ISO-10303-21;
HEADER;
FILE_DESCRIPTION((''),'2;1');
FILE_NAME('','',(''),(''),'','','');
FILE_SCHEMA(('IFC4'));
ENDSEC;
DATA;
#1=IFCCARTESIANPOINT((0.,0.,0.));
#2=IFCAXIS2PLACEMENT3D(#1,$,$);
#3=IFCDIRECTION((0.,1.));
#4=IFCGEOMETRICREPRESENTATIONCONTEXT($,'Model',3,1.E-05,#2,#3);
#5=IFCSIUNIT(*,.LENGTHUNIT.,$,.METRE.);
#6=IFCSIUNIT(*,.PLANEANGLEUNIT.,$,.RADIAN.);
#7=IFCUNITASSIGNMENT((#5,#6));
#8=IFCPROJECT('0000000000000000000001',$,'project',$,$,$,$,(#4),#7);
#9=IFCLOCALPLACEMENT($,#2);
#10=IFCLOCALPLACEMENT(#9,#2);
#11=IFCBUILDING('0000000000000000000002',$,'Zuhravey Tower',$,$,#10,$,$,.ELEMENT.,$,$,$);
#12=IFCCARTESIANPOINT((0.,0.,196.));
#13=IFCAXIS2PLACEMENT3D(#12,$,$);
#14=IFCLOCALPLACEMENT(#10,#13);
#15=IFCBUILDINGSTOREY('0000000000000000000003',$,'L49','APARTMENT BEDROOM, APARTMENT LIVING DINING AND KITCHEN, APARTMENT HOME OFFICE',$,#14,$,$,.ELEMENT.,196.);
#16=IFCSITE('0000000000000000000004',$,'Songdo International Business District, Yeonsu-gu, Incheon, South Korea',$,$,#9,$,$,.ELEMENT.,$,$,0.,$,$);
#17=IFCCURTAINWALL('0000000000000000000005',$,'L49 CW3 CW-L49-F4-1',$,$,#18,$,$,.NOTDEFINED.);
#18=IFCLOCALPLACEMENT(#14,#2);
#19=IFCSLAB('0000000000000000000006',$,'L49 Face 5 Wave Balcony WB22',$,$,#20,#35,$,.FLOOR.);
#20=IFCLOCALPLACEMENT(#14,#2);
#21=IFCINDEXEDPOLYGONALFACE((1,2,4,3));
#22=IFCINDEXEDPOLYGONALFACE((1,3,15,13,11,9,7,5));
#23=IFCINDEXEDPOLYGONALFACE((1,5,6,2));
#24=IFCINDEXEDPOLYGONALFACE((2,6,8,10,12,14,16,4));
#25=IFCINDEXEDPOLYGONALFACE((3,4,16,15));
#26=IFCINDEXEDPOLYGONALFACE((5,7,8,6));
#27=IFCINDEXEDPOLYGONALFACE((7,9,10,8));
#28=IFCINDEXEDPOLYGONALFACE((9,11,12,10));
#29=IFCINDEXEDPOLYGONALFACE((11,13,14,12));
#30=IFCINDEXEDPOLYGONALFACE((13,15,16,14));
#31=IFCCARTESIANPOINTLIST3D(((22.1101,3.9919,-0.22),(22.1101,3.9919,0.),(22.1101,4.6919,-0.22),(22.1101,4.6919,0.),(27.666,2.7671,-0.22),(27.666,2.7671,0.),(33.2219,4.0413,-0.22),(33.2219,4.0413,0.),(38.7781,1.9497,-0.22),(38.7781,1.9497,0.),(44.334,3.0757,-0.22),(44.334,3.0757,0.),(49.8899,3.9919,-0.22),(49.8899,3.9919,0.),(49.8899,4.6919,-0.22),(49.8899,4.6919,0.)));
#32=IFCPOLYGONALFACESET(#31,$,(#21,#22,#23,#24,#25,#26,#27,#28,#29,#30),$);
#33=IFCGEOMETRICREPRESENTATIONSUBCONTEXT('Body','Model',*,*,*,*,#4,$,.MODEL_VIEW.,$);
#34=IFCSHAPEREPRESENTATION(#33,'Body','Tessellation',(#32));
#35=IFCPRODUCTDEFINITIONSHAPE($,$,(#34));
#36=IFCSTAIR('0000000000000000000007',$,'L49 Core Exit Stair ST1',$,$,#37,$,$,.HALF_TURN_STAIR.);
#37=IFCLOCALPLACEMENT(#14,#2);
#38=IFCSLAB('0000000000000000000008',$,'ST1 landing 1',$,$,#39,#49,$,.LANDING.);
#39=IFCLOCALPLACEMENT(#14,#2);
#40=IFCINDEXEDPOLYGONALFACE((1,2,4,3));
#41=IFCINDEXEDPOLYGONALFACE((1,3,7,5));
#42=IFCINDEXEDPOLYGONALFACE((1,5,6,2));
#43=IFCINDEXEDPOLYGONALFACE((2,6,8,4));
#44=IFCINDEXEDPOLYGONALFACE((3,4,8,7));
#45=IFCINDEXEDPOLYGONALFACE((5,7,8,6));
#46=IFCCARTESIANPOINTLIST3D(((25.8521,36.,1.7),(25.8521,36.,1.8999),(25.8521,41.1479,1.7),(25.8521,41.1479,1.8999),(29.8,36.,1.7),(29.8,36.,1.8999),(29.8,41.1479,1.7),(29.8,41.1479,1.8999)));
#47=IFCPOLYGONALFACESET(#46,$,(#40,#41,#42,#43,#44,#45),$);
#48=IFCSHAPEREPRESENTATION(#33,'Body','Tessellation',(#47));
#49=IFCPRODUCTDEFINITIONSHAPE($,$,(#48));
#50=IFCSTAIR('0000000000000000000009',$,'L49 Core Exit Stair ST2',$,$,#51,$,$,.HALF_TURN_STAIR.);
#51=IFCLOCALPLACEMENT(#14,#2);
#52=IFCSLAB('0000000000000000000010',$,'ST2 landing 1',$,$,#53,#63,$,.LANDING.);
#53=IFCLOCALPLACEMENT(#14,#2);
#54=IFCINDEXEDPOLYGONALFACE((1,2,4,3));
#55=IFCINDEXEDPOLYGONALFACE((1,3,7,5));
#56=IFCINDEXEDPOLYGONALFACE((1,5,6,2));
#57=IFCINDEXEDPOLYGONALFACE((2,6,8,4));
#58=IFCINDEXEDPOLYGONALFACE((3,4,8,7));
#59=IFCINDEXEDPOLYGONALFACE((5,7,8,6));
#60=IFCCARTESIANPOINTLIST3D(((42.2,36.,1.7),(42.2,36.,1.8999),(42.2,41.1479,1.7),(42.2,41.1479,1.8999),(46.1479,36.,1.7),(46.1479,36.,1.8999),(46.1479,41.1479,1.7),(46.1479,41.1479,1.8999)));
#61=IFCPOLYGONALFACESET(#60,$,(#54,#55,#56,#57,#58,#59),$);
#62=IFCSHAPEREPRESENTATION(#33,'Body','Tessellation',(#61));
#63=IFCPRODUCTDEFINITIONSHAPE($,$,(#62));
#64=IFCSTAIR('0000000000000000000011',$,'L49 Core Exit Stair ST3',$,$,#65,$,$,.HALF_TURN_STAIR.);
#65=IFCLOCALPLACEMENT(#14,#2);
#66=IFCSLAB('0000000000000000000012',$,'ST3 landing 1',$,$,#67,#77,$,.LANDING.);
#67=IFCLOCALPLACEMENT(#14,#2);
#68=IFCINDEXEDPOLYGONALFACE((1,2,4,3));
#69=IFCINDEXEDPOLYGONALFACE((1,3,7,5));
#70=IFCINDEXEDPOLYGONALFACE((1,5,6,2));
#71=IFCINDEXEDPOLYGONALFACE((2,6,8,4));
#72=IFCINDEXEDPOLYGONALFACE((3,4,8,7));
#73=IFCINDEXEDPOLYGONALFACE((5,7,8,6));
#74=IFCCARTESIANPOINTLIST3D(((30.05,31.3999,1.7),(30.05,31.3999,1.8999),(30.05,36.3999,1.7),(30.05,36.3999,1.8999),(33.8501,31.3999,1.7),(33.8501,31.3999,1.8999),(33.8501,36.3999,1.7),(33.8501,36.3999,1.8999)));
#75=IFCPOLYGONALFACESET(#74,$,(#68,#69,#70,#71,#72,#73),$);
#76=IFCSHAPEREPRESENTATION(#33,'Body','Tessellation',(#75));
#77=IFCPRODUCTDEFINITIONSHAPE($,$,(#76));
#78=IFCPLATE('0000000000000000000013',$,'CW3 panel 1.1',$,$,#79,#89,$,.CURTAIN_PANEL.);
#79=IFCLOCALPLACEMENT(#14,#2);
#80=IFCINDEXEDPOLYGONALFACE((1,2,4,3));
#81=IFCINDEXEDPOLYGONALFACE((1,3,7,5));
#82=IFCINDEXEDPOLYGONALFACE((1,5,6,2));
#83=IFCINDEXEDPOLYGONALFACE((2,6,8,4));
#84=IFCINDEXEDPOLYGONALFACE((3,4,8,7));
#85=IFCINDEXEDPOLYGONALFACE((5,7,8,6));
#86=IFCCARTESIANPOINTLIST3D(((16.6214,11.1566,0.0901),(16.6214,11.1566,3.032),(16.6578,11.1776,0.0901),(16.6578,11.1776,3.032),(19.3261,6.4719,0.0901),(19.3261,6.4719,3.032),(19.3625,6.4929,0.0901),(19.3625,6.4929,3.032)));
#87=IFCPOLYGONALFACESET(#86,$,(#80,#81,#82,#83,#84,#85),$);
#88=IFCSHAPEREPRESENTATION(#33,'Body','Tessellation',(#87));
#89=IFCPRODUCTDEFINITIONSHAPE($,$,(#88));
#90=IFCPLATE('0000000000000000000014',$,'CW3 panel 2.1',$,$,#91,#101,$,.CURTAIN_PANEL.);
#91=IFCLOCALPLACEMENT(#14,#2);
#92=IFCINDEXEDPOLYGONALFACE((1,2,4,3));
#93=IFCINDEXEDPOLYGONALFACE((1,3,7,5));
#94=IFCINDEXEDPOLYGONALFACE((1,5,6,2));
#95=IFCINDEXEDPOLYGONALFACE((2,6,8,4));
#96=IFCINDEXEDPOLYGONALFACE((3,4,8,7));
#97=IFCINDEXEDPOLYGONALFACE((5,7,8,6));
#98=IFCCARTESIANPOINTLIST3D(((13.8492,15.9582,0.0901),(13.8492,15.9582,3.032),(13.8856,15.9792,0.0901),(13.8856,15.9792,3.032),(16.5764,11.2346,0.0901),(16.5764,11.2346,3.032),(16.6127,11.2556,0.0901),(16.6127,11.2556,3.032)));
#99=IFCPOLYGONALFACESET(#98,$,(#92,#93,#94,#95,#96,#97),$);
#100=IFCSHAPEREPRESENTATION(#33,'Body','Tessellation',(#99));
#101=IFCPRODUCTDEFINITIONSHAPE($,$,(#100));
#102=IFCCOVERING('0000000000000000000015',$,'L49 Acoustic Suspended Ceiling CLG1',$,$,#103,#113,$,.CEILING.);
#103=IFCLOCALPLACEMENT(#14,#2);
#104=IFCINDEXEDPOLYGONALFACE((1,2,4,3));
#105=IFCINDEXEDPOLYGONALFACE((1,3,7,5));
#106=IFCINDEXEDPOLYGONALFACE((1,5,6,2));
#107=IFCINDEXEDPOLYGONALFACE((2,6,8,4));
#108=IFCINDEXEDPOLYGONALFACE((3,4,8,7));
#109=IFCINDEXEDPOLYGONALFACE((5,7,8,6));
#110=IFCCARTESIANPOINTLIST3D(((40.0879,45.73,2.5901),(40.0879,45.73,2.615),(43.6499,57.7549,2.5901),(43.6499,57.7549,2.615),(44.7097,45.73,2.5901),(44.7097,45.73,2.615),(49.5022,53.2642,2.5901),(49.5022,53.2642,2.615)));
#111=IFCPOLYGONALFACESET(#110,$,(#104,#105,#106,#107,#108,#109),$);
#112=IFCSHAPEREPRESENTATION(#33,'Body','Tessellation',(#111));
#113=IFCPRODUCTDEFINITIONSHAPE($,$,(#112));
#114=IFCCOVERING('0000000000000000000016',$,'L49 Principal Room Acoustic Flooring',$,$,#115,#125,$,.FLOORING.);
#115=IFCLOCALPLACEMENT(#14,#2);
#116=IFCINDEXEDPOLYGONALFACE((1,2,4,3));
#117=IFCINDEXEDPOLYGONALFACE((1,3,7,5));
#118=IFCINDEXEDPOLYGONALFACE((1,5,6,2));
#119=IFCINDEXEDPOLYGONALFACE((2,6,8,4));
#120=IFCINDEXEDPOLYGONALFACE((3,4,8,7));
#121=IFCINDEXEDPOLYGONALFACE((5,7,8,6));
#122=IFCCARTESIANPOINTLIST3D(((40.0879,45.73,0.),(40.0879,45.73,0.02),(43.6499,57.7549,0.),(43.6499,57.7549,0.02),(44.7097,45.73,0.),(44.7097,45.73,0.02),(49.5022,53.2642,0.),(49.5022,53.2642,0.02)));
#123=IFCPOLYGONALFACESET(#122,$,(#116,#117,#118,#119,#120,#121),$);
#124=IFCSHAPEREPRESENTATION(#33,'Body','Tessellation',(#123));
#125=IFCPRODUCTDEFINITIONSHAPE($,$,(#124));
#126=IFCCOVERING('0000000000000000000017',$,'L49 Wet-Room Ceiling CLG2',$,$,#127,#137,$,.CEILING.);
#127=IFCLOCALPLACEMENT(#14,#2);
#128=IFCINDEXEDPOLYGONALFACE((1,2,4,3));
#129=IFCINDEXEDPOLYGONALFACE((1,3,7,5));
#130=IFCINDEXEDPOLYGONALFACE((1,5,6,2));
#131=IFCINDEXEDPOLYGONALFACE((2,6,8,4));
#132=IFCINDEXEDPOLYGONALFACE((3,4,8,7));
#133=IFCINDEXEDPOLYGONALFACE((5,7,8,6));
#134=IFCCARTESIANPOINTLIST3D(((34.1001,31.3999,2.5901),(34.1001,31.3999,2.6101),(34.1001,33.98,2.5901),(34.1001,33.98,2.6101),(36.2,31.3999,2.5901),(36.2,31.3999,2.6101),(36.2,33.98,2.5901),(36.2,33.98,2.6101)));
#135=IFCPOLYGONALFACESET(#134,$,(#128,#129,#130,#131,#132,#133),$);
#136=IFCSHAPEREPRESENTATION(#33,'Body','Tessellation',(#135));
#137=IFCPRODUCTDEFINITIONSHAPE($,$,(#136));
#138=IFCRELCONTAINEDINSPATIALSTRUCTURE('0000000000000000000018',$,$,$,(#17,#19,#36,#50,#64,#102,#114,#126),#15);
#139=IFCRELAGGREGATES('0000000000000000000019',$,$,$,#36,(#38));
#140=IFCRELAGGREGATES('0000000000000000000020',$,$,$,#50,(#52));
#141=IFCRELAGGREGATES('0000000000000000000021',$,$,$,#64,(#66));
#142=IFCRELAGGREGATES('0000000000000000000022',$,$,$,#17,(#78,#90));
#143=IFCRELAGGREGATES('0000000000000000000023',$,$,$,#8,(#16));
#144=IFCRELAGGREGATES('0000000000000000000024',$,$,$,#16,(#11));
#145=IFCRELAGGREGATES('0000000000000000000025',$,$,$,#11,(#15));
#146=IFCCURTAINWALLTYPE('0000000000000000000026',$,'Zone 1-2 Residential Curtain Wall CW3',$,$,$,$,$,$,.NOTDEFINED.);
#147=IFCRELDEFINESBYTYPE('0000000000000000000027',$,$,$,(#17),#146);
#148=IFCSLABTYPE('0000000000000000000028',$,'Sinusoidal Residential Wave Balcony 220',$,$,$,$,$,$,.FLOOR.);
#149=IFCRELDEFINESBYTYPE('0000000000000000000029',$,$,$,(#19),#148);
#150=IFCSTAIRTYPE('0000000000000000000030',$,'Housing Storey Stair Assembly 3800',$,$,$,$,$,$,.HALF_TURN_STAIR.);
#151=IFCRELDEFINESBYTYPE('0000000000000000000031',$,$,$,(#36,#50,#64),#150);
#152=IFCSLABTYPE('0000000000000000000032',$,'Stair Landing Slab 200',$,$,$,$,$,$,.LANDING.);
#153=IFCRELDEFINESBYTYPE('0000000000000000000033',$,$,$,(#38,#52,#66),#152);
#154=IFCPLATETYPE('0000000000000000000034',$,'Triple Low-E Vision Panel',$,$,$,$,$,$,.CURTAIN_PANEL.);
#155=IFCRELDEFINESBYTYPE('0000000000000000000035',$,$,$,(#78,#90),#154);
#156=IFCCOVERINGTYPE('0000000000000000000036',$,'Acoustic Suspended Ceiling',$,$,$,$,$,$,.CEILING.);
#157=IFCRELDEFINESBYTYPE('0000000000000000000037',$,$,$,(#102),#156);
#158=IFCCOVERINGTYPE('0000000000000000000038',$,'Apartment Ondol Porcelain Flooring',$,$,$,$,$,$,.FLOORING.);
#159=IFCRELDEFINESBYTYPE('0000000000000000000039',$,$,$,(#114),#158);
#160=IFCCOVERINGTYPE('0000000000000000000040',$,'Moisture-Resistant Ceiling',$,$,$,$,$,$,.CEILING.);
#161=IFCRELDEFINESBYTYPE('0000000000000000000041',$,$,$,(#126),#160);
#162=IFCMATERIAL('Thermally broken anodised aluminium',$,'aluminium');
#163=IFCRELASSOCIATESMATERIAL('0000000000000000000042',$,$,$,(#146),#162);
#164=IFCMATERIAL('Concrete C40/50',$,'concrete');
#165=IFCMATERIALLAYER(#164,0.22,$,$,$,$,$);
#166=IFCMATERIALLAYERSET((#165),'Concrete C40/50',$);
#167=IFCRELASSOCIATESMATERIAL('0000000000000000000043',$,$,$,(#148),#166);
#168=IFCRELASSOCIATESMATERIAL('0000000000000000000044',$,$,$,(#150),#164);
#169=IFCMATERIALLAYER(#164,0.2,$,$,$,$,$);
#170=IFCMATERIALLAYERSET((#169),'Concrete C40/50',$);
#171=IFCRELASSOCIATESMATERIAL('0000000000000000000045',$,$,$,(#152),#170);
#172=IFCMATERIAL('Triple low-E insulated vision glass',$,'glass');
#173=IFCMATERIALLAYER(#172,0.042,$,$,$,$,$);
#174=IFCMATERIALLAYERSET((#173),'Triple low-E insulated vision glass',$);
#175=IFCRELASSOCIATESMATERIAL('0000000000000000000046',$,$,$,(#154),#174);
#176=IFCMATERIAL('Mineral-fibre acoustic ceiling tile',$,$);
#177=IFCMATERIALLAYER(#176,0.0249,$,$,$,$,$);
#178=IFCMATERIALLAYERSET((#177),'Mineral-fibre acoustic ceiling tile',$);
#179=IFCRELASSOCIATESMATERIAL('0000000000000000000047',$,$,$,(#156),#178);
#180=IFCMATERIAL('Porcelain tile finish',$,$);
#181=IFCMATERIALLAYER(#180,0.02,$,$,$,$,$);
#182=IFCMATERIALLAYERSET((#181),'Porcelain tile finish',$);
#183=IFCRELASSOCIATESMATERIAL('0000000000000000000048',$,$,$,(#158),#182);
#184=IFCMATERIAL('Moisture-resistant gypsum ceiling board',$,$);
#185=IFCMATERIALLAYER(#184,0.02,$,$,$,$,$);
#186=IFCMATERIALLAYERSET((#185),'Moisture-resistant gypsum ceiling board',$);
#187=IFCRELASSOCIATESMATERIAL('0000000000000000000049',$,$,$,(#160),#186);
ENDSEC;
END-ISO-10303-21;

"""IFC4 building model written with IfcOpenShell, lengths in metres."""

from ifc_helpers import new_model, si_unit, direction, frame, origin, origin_2d, place, context, subcontext, project, spatial, polyline, rectangle, outline, extrude, material, layer, layer_set, type_object, element, aggregate, save


model = new_model("IFC4")

# Units and contexts
model_context = context("Model", 3, precision=1e-05, world=origin(), true_north=direction((0.0, 1.0)))
body_context = subcontext(model_context, "Body", "Model", "MODEL_VIEW")
ifc_project = project(units=[si_unit("LENGTHUNIT", "METRE"), si_unit("PLANEANGLEUNIT", "RADIAN")], contexts=[model_context])

# Site, building, storey
site_placement = place(None, origin())
site = spatial("IfcSite", under=ifc_project, at=site_placement, Name="Songdo International Business District, Yeonsu-gu, Incheon, South Korea", CompositionType="ELEMENT", RefElevation=0.0)
building_placement = place(site_placement, origin())
building = spatial("IfcBuilding", under=site, at=building_placement, Name="Zuhravey Tower", CompositionType="ELEMENT")
storey_placement = place(building_placement, frame((0.0, 0.0, 196.0)))
storey = spatial("IfcBuildingStorey", under=building, at=storey_placement, Name="L49", Description="APARTMENT BEDROOM, APARTMENT LIVING DINING AND KITCHEN, APARTMENT HOME OFFICE", CompositionType="ELEMENT", Elevation=196.0)

# Curtain wall
ifc_material_1 = material(Name="Thermally broken anodised aluminium", Category="aluminium")
curtain_wall_type = type_object("IfcCurtainWallType", Name="Zone 1-2 Residential Curtain Wall CW3", PredefinedType="NOTDEFINED", material=ifc_material_1)
curtain_wall_placement = place(storey_placement, origin())
curtain_wall = element("IfcCurtainWall", 1, at=curtain_wall_placement, inside=storey, type_object=curtain_wall_type, Name="L49 CW3 CW-L49-F4-1", PredefinedType="NOTDEFINED")

# Slab
ifc_material_2 = material(Name="Concrete C40/50", Category="concrete")
ifc_layer_1 = layer(ifc_material_2, 0.22)
ifc_layer_set_1 = layer_set([ifc_layer_1], Name="Concrete C40/50")
slab_type_1 = type_object("IfcSlabType", Name="Sinusoidal Residential Wave Balcony 220", PredefinedType="FLOOR", material=ifc_layer_set_1)
slab_1_placement = place(storey_placement, frame((0.0, 0.0, -0.22)))
element("IfcSlab", 2, at=slab_1_placement, inside=storey, type_object=slab_type_1, Name="L49 Face 5 Wave Balcony WB22", PredefinedType="FLOOR", context=body_context, shape_type="SweptSolid", body=[
    extrude(outline(polyline([(22.1101, 4.6919), (49.8899, 4.6919), (49.8899, 3.9919), (44.334, 3.0757), (38.7781, 1.9497), (33.2219, 4.0413), (27.666, 2.7671), (22.1101, 3.9919), (22.1101, 4.6919)])), origin(), (0.0, 0.0, 1.0), 0.22),
])

# Stairs, slabs
stair_type = type_object("IfcStairType", Name="Housing Storey Stair Assembly 3800", PredefinedType="HALF_TURN_STAIR", material=ifc_material_2)
stair_1_placement = place(storey_placement, origin())
stair_1 = element("IfcStair", 3, at=stair_1_placement, inside=storey, type_object=stair_type, Name="L49 Core Exit Stair ST1", PredefinedType="HALF_TURN_STAIR")
ifc_layer_2 = layer(ifc_material_2, 0.2)
ifc_layer_set_2 = layer_set([ifc_layer_2], Name="Concrete C40/50")
slab_type_2 = type_object("IfcSlabType", Name="Stair Landing Slab 200", PredefinedType="LANDING", material=ifc_layer_set_2)
slab_2_placement = place(storey_placement, frame((0.0, 0.0, 1.7)))
slab_2 = element("IfcSlab", 4, at=slab_2_placement, type_object=slab_type_2, Name="ST1 landing 1", PredefinedType="LANDING", context=body_context, shape_type="SweptSolid", body=[
    extrude(outline(polyline([(29.8, 36.0), (29.8, 41.1479), (25.8521, 41.1479), (25.8521, 36.0), (29.8, 36.0)])), origin(), (0.0, 0.0, 1.0), 0.2),
])
aggregate(stair_1, [slab_2])
stair_2_placement = place(storey_placement, origin())
stair_2 = element("IfcStair", 5, at=stair_2_placement, inside=storey, type_object=stair_type, Name="L49 Core Exit Stair ST2", PredefinedType="HALF_TURN_STAIR")
slab_3_placement = place(storey_placement, frame((0.0, 0.0, 1.7)))
slab_3 = element("IfcSlab", 6, at=slab_3_placement, type_object=slab_type_2, Name="ST2 landing 1", PredefinedType="LANDING", context=body_context, shape_type="SweptSolid", body=[
    extrude(outline(polyline([(46.1479, 36.0), (46.1479, 41.1479), (42.2, 41.1479), (42.2, 36.0), (46.1479, 36.0)])), origin(), (0.0, 0.0, 1.0), 0.2),
])
aggregate(stair_2, [slab_3])
stair_3_placement = place(storey_placement, origin())
stair_3 = element("IfcStair", 7, at=stair_3_placement, inside=storey, type_object=stair_type, Name="L49 Core Exit Stair ST3", PredefinedType="HALF_TURN_STAIR")
slab_4_placement = place(storey_placement, frame((0.0, 0.0, 1.7)))
slab_4 = element("IfcSlab", 8, at=slab_4_placement, type_object=slab_type_2, Name="ST3 landing 1", PredefinedType="LANDING", context=body_context, shape_type="SweptSolid", body=[
    extrude(outline(polyline([(30.05, 36.3999), (30.05, 31.3999), (33.8501, 31.3999), (33.8501, 36.3999), (30.05, 36.3999)])), origin(), (0.0, 0.0, 1.0), 0.2),
])
aggregate(stair_3, [slab_4])

# Plates
ifc_material_3 = material(Name="Triple low-E insulated vision glass", Category="glass")
ifc_layer_3 = layer(ifc_material_3, 0.042)
ifc_layer_set_3 = layer_set([ifc_layer_3], Name="Triple low-E insulated vision glass")
plate_type = type_object("IfcPlateType", Name="Triple Low-E Vision Panel", PredefinedType="CURTAIN_PANEL", material=ifc_layer_set_3)
plate_1_placement = place(storey_placement, frame((17.9919, 8.8247, 0.0901), z_axis=(0.0, 0.0, 1.0), x_axis=(-0.5, 0.866025, 0.0)))
plate_1 = element("IfcPlate", 9, at=plate_1_placement, type_object=plate_type, Name="CW3 panel 1.1", PredefinedType="CURTAIN_PANEL", context=body_context, shape_type="SweptSolid", body=[
    extrude(rectangle(XDim=5.4094, YDim=0.042, at=origin_2d()), origin(), (0.0, 0.0, 1.0), 2.9419),
])
plate_2_placement = place(storey_placement, frame((15.231, 13.6069, 0.0901), z_axis=(0.0, 0.0, 1.0), x_axis=(-0.5, 0.866025, 0.0)))
plate_2 = element("IfcPlate", 10, at=plate_2_placement, type_object=plate_type, Name="CW3 panel 2.1", PredefinedType="CURTAIN_PANEL", context=body_context, shape_type="SweptSolid", body=[
    extrude(rectangle(XDim=5.4543, YDim=0.042, at=origin_2d()), origin(), (0.0, 0.0, 1.0), 2.9419),
])
aggregate(curtain_wall, [plate_1, plate_2])

# Coverings
ifc_material_4 = material(Name="Mineral-fibre acoustic ceiling tile")
ifc_layer_4 = layer(ifc_material_4, 0.0249)
ifc_layer_set_4 = layer_set([ifc_layer_4], Name="Mineral-fibre acoustic ceiling tile")
covering_type_1 = type_object("IfcCoveringType", Name="Acoustic Suspended Ceiling", PredefinedType="CEILING", material=ifc_layer_set_4)
covering_1_placement = place(storey_placement, frame((0.0, 0.0, 2.5901)))
element("IfcCovering", 11, at=covering_1_placement, inside=storey, type_object=covering_type_1, Name="L49 Acoustic Suspended Ceiling CLG1", PredefinedType="CEILING", context=body_context, shape_type="SweptSolid", body=[
    extrude(outline(polyline([(44.7097, 45.73), (40.0879, 45.73), (43.6499, 57.7549), (49.5022, 53.2642), (44.7097, 45.73)])), origin(), (0.0, 0.0, 1.0), 0.0249),
])
ifc_material_5 = material(Name="Porcelain tile finish")
ifc_layer_5 = layer(ifc_material_5, 0.02)
ifc_layer_set_5 = layer_set([ifc_layer_5], Name="Porcelain tile finish")
covering_type_2 = type_object("IfcCoveringType", Name="Apartment Ondol Porcelain Flooring", PredefinedType="FLOORING", material=ifc_layer_set_5)
covering_2_placement = place(storey_placement, origin())
element("IfcCovering", 12, at=covering_2_placement, inside=storey, type_object=covering_type_2, Name="L49 Principal Room Acoustic Flooring", PredefinedType="FLOORING", context=body_context, shape_type="SweptSolid", body=[
    extrude(outline(polyline([(44.7097, 45.73), (40.0879, 45.73), (43.6499, 57.7549), (49.5022, 53.2642), (44.7097, 45.73)])), origin(), (0.0, 0.0, 1.0), 0.02),
])
ifc_material_6 = material(Name="Moisture-resistant gypsum ceiling board")
ifc_layer_6 = layer(ifc_material_6, 0.02)
ifc_layer_set_6 = layer_set([ifc_layer_6], Name="Moisture-resistant gypsum ceiling board")
covering_type_3 = type_object("IfcCoveringType", Name="Moisture-Resistant Ceiling", PredefinedType="CEILING", material=ifc_layer_set_6)
covering_3_placement = place(storey_placement, frame((0.0, 0.0, 2.5901)))
element("IfcCovering", 13, at=covering_3_placement, inside=storey, type_object=covering_type_3, Name="L49 Wet-Room Ceiling CLG2", PredefinedType="CEILING", context=body_context, shape_type="SweptSolid", body=[
    extrude(outline(polyline([(36.2, 31.3999), (36.2, 33.98), (34.1001, 33.98), (34.1001, 31.3999), (36.2, 31.3999)])), origin(), (0.0, 0.0, 1.0), 0.02),
])

save(model, "model.ifc")
